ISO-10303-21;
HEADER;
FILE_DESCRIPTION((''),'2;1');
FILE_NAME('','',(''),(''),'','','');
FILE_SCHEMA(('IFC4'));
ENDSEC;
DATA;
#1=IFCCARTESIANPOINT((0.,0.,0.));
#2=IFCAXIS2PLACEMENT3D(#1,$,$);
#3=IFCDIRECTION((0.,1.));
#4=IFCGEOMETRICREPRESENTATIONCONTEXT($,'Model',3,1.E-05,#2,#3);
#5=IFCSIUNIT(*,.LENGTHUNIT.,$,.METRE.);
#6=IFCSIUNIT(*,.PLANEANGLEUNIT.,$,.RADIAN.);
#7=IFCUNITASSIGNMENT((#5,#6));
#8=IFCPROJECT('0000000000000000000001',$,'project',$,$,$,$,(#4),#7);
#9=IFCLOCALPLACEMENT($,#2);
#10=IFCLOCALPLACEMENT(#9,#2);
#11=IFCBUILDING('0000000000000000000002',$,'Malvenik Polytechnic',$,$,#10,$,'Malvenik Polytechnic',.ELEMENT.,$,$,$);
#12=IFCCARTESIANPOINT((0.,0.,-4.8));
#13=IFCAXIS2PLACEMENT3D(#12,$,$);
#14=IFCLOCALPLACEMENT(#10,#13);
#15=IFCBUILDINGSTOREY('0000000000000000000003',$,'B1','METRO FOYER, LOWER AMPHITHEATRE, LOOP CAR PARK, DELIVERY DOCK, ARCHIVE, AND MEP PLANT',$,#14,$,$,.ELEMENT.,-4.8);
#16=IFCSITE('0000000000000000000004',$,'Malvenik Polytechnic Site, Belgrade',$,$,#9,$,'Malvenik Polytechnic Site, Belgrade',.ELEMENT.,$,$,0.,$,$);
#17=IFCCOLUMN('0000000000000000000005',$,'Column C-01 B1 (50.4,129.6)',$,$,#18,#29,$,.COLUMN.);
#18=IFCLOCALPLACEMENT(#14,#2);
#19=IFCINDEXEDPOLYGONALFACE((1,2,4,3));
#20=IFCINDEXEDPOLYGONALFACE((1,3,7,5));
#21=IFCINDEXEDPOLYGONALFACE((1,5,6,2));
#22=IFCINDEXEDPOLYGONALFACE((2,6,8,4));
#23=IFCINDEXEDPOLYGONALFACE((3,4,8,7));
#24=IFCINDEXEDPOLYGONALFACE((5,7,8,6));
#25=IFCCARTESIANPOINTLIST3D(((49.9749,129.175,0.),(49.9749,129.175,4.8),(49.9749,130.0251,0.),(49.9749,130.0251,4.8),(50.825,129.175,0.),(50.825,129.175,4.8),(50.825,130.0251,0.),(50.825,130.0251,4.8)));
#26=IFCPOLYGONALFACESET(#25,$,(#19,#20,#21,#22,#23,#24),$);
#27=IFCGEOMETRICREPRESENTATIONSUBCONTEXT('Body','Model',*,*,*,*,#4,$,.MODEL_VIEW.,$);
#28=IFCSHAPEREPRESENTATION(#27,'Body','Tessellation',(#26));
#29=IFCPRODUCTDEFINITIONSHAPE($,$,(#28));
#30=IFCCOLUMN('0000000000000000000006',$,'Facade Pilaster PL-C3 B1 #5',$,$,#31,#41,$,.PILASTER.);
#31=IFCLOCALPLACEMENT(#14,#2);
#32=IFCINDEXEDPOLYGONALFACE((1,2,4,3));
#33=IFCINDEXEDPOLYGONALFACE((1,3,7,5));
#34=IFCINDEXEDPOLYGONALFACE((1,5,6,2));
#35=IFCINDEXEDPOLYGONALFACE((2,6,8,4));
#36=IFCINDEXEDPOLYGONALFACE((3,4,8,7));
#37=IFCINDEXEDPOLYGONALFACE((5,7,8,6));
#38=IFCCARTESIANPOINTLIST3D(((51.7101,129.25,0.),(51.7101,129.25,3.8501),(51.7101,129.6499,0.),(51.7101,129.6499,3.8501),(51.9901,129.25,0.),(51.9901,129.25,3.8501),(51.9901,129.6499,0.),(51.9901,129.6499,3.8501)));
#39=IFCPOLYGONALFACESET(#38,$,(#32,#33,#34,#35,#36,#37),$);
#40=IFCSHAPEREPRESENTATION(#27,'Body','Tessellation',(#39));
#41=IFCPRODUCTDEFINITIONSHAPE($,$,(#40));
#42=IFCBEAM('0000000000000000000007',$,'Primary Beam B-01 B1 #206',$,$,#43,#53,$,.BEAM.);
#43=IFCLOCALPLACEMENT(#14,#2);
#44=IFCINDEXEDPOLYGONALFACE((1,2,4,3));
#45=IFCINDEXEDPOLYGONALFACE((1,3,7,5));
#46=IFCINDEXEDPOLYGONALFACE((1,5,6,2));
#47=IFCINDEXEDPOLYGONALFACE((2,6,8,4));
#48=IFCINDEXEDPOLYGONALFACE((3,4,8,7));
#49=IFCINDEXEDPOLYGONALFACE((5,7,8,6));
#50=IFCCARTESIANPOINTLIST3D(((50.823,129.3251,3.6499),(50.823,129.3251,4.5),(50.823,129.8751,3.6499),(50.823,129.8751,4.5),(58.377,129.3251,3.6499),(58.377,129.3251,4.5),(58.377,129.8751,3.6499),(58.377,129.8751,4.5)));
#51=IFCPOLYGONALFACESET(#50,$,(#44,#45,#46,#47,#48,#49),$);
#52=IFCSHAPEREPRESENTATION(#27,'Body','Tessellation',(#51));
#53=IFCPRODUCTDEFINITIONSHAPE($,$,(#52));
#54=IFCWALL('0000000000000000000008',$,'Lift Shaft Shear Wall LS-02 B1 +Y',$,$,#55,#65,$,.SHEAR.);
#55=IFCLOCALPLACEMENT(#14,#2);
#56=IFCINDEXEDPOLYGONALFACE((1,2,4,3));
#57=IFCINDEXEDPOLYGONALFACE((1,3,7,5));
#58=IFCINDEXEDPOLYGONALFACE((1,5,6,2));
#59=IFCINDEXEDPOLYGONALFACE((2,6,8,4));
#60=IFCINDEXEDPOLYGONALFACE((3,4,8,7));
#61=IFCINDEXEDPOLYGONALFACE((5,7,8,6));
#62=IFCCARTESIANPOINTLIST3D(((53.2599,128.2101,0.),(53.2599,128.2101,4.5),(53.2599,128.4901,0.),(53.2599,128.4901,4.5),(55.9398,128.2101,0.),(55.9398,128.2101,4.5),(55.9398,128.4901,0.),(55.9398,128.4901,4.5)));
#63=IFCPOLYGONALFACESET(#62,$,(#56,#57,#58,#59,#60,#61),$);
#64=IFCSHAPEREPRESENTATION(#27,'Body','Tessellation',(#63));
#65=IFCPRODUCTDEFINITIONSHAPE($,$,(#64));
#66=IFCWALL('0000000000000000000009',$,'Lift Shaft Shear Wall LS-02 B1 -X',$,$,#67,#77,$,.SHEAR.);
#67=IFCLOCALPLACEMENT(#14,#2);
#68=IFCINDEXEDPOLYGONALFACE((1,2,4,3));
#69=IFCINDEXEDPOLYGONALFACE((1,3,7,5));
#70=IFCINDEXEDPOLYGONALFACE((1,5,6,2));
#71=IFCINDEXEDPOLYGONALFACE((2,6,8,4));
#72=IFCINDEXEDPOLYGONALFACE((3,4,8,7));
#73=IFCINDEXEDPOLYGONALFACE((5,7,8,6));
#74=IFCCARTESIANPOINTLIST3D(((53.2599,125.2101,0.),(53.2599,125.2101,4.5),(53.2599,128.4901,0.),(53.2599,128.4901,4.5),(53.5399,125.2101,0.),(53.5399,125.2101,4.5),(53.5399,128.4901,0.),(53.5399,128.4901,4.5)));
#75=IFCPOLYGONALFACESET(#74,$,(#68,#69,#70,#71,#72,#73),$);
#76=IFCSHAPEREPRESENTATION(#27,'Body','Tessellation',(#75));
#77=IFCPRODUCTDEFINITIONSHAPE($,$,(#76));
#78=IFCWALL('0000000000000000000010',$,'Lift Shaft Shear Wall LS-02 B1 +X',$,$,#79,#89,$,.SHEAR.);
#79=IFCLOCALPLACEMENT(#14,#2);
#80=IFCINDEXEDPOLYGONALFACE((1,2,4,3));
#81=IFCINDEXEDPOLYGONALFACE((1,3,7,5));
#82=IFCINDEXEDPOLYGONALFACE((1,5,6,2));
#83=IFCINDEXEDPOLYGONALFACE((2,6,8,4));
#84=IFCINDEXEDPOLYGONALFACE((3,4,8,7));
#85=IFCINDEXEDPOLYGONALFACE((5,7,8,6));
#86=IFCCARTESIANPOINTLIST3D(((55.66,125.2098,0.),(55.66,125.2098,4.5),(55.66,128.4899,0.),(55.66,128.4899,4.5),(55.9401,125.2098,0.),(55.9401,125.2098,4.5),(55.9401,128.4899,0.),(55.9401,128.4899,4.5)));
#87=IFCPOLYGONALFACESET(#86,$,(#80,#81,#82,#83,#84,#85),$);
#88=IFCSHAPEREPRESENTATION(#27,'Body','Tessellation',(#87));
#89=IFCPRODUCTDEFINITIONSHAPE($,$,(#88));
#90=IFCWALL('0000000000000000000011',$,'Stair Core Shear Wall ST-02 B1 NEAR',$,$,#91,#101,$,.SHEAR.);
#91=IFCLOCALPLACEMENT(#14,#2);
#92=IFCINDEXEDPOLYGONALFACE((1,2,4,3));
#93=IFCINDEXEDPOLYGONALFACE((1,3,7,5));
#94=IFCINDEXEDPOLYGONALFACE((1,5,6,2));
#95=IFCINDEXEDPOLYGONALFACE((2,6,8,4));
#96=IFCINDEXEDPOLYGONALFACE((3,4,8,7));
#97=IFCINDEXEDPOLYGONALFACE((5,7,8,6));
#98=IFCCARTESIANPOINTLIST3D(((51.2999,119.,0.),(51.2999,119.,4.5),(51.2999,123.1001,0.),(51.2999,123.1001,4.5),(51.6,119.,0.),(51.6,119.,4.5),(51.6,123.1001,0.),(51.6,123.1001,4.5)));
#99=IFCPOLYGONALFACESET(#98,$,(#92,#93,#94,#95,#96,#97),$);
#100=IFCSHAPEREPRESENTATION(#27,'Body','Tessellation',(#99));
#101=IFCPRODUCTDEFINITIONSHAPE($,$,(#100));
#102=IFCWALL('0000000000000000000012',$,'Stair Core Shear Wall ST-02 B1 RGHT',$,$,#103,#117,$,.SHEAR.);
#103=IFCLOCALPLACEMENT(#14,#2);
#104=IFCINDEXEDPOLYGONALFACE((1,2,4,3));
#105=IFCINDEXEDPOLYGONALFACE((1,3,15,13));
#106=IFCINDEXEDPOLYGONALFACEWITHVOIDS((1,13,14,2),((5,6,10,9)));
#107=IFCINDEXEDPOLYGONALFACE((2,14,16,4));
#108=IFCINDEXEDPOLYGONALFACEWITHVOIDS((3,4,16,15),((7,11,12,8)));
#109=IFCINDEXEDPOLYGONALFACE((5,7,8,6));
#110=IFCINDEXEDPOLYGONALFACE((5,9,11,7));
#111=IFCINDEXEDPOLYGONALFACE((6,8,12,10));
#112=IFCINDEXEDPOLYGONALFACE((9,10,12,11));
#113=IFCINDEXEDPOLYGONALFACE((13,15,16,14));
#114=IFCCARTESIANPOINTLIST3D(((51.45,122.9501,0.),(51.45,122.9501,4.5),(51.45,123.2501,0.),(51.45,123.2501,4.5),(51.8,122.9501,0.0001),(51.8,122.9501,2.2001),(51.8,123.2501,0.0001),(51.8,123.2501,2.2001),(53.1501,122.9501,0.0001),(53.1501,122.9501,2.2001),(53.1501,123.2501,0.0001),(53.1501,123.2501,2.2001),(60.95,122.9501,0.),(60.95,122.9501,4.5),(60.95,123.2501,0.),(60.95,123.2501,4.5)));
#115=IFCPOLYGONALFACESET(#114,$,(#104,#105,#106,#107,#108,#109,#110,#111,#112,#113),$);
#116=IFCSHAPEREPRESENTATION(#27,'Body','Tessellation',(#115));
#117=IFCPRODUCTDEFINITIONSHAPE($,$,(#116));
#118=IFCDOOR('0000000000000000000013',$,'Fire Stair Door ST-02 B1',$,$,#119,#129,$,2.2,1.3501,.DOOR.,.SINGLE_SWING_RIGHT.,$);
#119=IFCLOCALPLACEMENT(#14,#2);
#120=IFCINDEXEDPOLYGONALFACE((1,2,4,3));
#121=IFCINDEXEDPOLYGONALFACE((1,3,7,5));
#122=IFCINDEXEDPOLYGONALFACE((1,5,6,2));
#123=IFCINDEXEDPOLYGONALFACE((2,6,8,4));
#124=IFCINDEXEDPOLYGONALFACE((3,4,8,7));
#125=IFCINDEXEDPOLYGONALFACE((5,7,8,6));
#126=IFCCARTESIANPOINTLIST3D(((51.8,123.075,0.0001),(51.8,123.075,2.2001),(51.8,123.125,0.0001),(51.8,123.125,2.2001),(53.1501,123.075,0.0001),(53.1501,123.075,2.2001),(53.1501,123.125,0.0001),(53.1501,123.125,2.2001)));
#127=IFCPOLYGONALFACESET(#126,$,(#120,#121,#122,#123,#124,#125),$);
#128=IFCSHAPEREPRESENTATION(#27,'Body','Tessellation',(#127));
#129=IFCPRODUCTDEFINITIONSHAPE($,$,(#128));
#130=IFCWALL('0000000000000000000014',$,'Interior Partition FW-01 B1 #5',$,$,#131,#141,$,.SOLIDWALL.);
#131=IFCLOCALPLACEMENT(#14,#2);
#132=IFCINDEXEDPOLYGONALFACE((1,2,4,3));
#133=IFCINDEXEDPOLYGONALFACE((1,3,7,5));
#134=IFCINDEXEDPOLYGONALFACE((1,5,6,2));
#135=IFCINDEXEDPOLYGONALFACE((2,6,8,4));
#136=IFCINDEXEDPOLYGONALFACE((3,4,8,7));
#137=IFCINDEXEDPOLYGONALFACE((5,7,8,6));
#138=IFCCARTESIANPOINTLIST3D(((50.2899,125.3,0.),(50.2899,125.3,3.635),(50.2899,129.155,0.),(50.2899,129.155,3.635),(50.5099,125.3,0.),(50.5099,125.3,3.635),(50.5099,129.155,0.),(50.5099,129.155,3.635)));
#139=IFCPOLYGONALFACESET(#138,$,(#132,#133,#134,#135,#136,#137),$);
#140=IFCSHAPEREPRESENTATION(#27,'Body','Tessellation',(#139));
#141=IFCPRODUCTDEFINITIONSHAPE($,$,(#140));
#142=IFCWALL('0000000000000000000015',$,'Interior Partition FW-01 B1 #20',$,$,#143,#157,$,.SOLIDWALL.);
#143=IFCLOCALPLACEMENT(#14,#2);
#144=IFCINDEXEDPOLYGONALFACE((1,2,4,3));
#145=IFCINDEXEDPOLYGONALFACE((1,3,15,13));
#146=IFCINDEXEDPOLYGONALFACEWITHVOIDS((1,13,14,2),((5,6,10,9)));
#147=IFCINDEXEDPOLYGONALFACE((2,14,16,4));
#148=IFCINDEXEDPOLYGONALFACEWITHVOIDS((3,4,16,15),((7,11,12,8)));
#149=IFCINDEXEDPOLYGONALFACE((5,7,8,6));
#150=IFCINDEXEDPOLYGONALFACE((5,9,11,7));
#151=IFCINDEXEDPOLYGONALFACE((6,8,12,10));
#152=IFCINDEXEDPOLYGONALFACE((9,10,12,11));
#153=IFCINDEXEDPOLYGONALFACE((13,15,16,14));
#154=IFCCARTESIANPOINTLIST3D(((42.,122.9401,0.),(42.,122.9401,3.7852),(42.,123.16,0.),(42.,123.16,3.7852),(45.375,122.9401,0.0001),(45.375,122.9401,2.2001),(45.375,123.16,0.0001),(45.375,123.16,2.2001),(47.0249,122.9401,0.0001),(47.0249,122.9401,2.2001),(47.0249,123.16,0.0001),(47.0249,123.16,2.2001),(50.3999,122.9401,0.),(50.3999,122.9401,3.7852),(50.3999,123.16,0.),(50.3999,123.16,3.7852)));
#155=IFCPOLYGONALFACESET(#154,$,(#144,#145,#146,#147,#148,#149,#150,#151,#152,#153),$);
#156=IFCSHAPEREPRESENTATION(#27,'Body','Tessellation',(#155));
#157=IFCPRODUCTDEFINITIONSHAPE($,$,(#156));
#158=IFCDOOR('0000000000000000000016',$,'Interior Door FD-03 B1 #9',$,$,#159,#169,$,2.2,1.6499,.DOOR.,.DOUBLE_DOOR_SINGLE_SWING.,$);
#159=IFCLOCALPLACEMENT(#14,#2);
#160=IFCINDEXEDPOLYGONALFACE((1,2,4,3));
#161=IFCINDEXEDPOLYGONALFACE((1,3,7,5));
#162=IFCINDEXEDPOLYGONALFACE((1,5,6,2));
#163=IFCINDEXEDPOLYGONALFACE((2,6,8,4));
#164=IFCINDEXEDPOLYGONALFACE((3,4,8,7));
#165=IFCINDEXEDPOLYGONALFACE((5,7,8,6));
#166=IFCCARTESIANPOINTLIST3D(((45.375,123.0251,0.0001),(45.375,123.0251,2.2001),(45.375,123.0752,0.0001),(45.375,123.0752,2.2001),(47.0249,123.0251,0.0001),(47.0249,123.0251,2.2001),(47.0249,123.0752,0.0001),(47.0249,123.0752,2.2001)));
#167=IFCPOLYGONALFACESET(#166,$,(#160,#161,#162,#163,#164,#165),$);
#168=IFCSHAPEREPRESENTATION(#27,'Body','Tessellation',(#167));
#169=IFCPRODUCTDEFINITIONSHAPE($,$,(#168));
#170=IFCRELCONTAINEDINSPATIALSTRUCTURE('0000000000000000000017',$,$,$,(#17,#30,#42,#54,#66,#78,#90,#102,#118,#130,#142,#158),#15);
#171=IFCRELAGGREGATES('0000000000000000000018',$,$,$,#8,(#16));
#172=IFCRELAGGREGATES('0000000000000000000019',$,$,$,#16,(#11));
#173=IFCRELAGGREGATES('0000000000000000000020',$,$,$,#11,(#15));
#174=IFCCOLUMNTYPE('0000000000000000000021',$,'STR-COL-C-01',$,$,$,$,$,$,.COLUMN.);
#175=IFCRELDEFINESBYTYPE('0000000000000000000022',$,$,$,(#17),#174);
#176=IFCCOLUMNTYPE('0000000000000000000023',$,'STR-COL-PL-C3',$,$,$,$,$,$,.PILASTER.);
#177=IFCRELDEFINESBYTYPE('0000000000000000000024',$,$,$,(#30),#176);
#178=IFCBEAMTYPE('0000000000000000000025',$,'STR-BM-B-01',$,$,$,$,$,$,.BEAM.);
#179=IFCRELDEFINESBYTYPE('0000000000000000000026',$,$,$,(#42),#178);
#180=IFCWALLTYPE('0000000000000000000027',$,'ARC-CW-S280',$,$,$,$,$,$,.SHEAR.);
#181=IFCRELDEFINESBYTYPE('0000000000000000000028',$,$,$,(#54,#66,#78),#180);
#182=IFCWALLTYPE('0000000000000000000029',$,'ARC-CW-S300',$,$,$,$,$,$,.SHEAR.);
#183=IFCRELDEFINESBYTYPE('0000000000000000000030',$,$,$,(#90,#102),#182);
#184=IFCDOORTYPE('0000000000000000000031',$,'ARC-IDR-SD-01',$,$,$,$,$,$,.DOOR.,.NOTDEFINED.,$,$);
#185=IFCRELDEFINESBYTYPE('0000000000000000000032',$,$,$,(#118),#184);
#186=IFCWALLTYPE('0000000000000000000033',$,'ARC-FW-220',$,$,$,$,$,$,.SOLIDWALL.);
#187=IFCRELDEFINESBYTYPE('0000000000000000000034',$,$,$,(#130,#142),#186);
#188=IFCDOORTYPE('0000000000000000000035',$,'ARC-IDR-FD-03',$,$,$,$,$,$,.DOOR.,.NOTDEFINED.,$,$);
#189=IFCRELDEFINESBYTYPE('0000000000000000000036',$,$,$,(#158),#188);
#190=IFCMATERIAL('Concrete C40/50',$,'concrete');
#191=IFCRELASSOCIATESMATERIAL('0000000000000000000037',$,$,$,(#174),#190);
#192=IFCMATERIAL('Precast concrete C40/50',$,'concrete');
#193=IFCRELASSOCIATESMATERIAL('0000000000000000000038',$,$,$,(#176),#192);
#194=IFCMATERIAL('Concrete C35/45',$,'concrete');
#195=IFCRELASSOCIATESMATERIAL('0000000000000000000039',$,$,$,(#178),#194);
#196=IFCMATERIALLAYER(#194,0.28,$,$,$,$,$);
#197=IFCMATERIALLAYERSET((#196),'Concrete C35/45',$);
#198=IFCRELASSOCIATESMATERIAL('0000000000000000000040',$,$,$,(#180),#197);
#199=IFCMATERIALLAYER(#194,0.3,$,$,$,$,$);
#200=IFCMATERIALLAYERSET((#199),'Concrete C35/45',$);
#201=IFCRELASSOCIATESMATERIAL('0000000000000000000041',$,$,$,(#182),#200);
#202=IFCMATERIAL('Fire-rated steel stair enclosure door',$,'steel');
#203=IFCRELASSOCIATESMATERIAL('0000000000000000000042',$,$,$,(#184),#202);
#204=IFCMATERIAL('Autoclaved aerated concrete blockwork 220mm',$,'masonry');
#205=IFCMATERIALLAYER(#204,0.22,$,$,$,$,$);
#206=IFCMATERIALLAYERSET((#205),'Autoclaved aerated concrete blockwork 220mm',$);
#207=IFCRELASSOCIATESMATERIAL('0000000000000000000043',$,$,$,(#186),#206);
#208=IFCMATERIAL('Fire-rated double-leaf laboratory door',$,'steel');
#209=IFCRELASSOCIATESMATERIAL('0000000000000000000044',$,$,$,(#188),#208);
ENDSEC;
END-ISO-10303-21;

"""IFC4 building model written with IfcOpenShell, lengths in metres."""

from ifc_helpers import new_model, si_unit, direction, frame, frame_2d, origin, origin_2d, place, context, subcontext, project, spatial, rectangle, extrude, material, layer, layer_set, material_profile, profile_set, type_object, element, fill, save


model = new_model("IFC4")

# Units and contexts
model_context = context("Model", 3, precision=1e-05, world=origin(), true_north=direction((0.0, 1.0)))
body_context = subcontext(model_context, "Body", "Model", "MODEL_VIEW")
ifc_project = project(units=[si_unit("LENGTHUNIT", "METRE"), si_unit("PLANEANGLEUNIT", "RADIAN")], contexts=[model_context])

# Site, building, storey
site_placement = place(None, origin())
site = spatial("IfcSite", under=ifc_project, at=site_placement, Name="Malvenik Polytechnic Site, Belgrade", LongName="Malvenik Polytechnic Site, Belgrade", CompositionType="ELEMENT", RefElevation=0.0)
building_placement = place(site_placement, origin())
building = spatial("IfcBuilding", under=site, at=building_placement, Name="Malvenik Polytechnic", LongName="Malvenik Polytechnic", CompositionType="ELEMENT")
storey_placement = place(building_placement, frame((0.0, 0.0, -4.8)))
storey = spatial("IfcBuildingStorey", under=building, at=storey_placement, Name="B1", Description="METRO FOYER, LOWER AMPHITHEATRE, LOOP CAR PARK, DELIVERY DOCK, ARCHIVE, AND MEP PLANT", CompositionType="ELEMENT", Elevation=-4.8)

# Shared definitions
ifc_material_1 = material(Name="Concrete C35/45", Category="concrete")

# Columns
ifc_material_2 = material(Name="Concrete C40/50", Category="concrete")
ifc_material_profile_1 = material_profile(ifc_material_2, rectangle(XDim=0.8501, YDim=0.8501, at=origin_2d()), Name="RC COL 850x850")
ifc_profile_set_1 = profile_set([ifc_material_profile_1], Name="Concrete C40/50")
column_type_1 = type_object("IfcColumnType", Name="STR-COL-C-01", PredefinedType="COLUMN", material=ifc_profile_set_1)
column_1_placement = place(storey_placement, frame((50.3999, 129.6001, 0.0), z_axis=(0.0, 0.0, 1.0), x_axis=(1.0, 0.0, 0.0)))
element("IfcColumn", 1, at=column_1_placement, inside=storey, type_object=column_type_1, Name="Column C-01 B1 (50.4,129.6)", PredefinedType="COLUMN", context=body_context, shape_type="SweptSolid", body=[
    extrude(rectangle(XDim=0.8501, YDim=0.8501, at=origin_2d()), origin(), (0.0, 0.0, 1.0), 4.8),
])
ifc_material_3 = material(Name="Precast concrete C40/50", Category="concrete")
ifc_material_profile_2 = material_profile(ifc_material_3, rectangle(XDim=0.28, YDim=0.3999, at=origin_2d()), Name="RC PIL 400x280")
ifc_profile_set_2 = profile_set([ifc_material_profile_2], Name="Precast concrete C40/50")
column_type_2 = type_object("IfcColumnType", Name="STR-COL-PL-C3", PredefinedType="PILASTER", material=ifc_profile_set_2)
column_2_placement = place(storey_placement, frame((51.8501, 129.45, 0.0), z_axis=(0.0, 0.0, 1.0), x_axis=(1.0, 0.0, 0.0)))
element("IfcColumn", 2, at=column_2_placement, inside=storey, type_object=column_type_2, Name="Facade Pilaster PL-C3 B1 #5", PredefinedType="PILASTER", context=body_context, shape_type="SweptSolid", body=[
    extrude(rectangle(XDim=0.28, YDim=0.3999, at=origin_2d()), origin(), (0.0, 0.0, 1.0), 3.8501),
])

# Beam
ifc_material_profile_3 = material_profile(ifc_material_1, rectangle(XDim=0.55, YDim=0.8501, at=origin_2d()), Name="RC BM 550x850")
ifc_profile_set_3 = profile_set([ifc_material_profile_3], Name="Concrete C35/45")
beam_type = type_object("IfcBeamType", Name="STR-BM-B-01", PredefinedType="BEAM", material=ifc_profile_set_3)
beam_placement = place(storey_placement, frame((50.823, 129.6001, 4.075), z_axis=(1.0, 0.0, 0.0), x_axis=(0.0, 1.0, 0.0)))
element("IfcBeam", 3, at=beam_placement, inside=storey, type_object=beam_type, Name="Primary Beam B-01 B1 #206", PredefinedType="BEAM", context=body_context, shape_type="SweptSolid", body=[
    extrude(rectangle(XDim=0.55, YDim=0.8501, at=origin_2d()), origin(), (0.0, 0.0, 1.0), 7.554),
])

# Walls
ifc_layer_1 = layer(ifc_material_1, 0.28)
ifc_layer_set_1 = layer_set([ifc_layer_1], Name="Concrete C35/45")
wall_type_1 = type_object("IfcWallType", Name="ARC-CW-S280", PredefinedType="SHEAR", material=ifc_layer_set_1)
wall_1_placement = place(storey_placement, frame((53.26, 128.3501, 0.0), z_axis=(0.0, 0.0, 1.0), x_axis=(1.0, 0.0, 0.0)))
element("IfcWall", 4, at=wall_1_placement, inside=storey, type_object=wall_type_1, Name="Lift Shaft Shear Wall LS-02 B1 +Y", PredefinedType="SHEAR", context=body_context, shape_type="SweptSolid", body=[
    extrude(rectangle(XDim=2.6799, YDim=0.28, at=frame_2d((1.3398, 0.0))), origin(), (0.0, 0.0, 1.0), 4.5),
])
for number, where, z_axis, x_axis, name in (
    (5, (53.3999, 125.21, 0.0), (0.0, 0.0, 1.0), (0.0, 1.0, 0.0), "Lift Shaft Shear Wall LS-02 B1 -X"),
    (6, (55.8, 128.49, 0.0), (0.0, 0.0, 1.0), (0.0, -1.0, 0.0), "Lift Shaft Shear Wall LS-02 B1 +X"),
):
    element("IfcWall", number, at=place(storey_placement, frame(where, z_axis=z_axis, x_axis=x_axis)), inside=storey, type_object=wall_type_1, Name=name, PredefinedType="SHEAR", context=body_context, shape_type="SweptSolid", body=[
        extrude(rectangle(XDim=3.28, YDim=0.28, at=frame_2d((1.6401, 0.0))), origin(), (0.0, 0.0, 1.0), 4.5),
    ])
ifc_layer_2 = layer(ifc_material_1, 0.3)
ifc_layer_set_2 = layer_set([ifc_layer_2], Name="Concrete C35/45")
wall_type_2 = type_object("IfcWallType", Name="ARC-CW-S300", PredefinedType="SHEAR", material=ifc_layer_set_2)
wall_2_placement = place(storey_placement, frame((51.45, 119.0, 0.0), z_axis=(0.0, 0.0, 1.0), x_axis=(0.0, 1.0, 0.0)))
element("IfcWall", 7, at=wall_2_placement, inside=storey, type_object=wall_type_2, Name="Stair Core Shear Wall ST-02 B1 NEAR", PredefinedType="SHEAR", context=body_context, shape_type="SweptSolid", body=[
    extrude(rectangle(XDim=4.1001, YDim=0.3, at=frame_2d((2.05, 0.0))), origin(), (0.0, 0.0, 1.0), 4.5),
])

# Wall, opening, door
wall_3_placement = place(storey_placement, frame((51.45, 123.1001, 0.0), z_axis=(0.0, 0.0, 1.0), x_axis=(1.0, 0.0, 0.0)))
wall_3 = element("IfcWall", 8, at=wall_3_placement, inside=storey, type_object=wall_type_2, Name="Stair Core Shear Wall ST-02 B1 RGHT", PredefinedType="SHEAR", context=body_context, shape_type="SweptSolid", body=[
    extrude(rectangle(XDim=9.5, YDim=0.3, at=frame_2d((4.75, 0.0))), origin(), (0.0, 0.0, 1.0), 4.5),
])
opening_1_placement = place(wall_3_placement, frame((0.3501, 0.0, 0.0)))
opening_1 = element("IfcOpeningElement", 9, at=opening_1_placement, cuts=wall_3, PredefinedType="OPENING", context=body_context, shape_type="SweptSolid", body=[
    extrude(rectangle(XDim=1.3501, YDim=2.2, at=frame_2d((0.675, 1.1001))), frame((0.0, 0.1602, 0.0), z_axis=(0.0, -1.0, 0.0), x_axis=(1.0, 0.0, 0.0)), (0.0, 0.0, 1.0), 0.3201),
])
ifc_material_4 = material(Name="Fire-rated steel stair enclosure door", Category="steel")
door_type_1 = type_object("IfcDoorType", Name="ARC-IDR-SD-01", OperationType="NOTDEFINED", PredefinedType="DOOR", material=ifc_material_4)
door_1_placement = place(opening_1_placement, origin())
door_1 = element("IfcDoor", 10, at=door_1_placement, inside=storey, type_object=door_type_1, Name="Fire Stair Door ST-02 B1", OperationType="SINGLE_SWING_RIGHT", OverallHeight=2.2, OverallWidth=1.3501, PredefinedType="DOOR", context=body_context, shape_type="SweptSolid", body=[
    extrude(rectangle(XDim=1.3501, YDim=2.2, at=frame_2d((0.675, 1.1001))), frame((0.0, 0.0249, 0.0), z_axis=(0.0, -1.0, 0.0), x_axis=(1.0, 0.0, 0.0)), (0.0, 0.0, 1.0), 0.05),
])
fill(opening_1, door_1)

# Wall
ifc_material_5 = material(Name="Autoclaved aerated concrete blockwork 220mm", Category="masonry")
ifc_layer_3 = layer(ifc_material_5, 0.22)
ifc_layer_set_3 = layer_set([ifc_layer_3], Name="Autoclaved aerated concrete blockwork 220mm")
wall_type_3 = type_object("IfcWallType", Name="ARC-FW-220", PredefinedType="SOLIDWALL", material=ifc_layer_set_3)
wall_4_placement = place(storey_placement, frame((50.3999, 125.3, 0.0), z_axis=(0.0, 0.0, 1.0), x_axis=(0.0, 1.0, 0.0)))
element("IfcWall", 11, at=wall_4_placement, inside=storey, type_object=wall_type_3, Name="Interior Partition FW-01 B1 #5", PredefinedType="SOLIDWALL", context=body_context, shape_type="SweptSolid", body=[
    extrude(rectangle(XDim=3.855, YDim=0.22, at=frame_2d((1.9275, 0.0))), origin(), (0.0, 0.0, 1.0), 3.635),
])

# Wall, opening, door
wall_5_placement = place(storey_placement, frame((50.3999, 123.05, 0.0), z_axis=(0.0, 0.0, 1.0), x_axis=(-1.0, 0.0, 0.0)))
wall_5 = element("IfcWall", 12, at=wall_5_placement, inside=storey, type_object=wall_type_3, Name="Interior Partition FW-01 B1 #20", PredefinedType="SOLIDWALL", context=body_context, shape_type="SweptSolid", body=[
    extrude(rectangle(XDim=8.3999, YDim=0.22, at=frame_2d((4.2, 0.0))), origin(), (0.0, 0.0, 1.0), 3.7852),
])
opening_2_placement = place(wall_5_placement, frame((3.375, 0.0, 0.0)))
opening_2 = element("IfcOpeningElement", 13, at=opening_2_placement, cuts=wall_5, PredefinedType="OPENING", context=body_context, shape_type="SweptSolid", body=[
    extrude(rectangle(XDim=1.6499, YDim=2.2, at=frame_2d((0.825, 1.1001))), frame((0.0, 0.1201, 0.0), z_axis=(0.0, -1.0, 0.0), x_axis=(1.0, 0.0, 0.0)), (0.0, 0.0, 1.0), 0.24),
])
ifc_material_6 = material(Name="Fire-rated double-leaf laboratory door", Category="steel")
door_type_2 = type_object("IfcDoorType", Name="ARC-IDR-FD-03", OperationType="NOTDEFINED", PredefinedType="DOOR", material=ifc_material_6)
door_2_placement = place(opening_2_placement, origin())
door_2 = element("IfcDoor", 14, at=door_2_placement, inside=storey, type_object=door_type_2, Name="Interior Door FD-03 B1 #9", OperationType="DOUBLE_DOOR_SINGLE_SWING", OverallHeight=2.2, OverallWidth=1.6499, PredefinedType="DOOR", context=body_context, shape_type="SweptSolid", body=[
    extrude(rectangle(XDim=1.6499, YDim=2.2, at=frame_2d((0.825, 1.1001))), frame((0.0, 0.0249, 0.0), z_axis=(0.0, -1.0, 0.0), x_axis=(1.0, 0.0, 0.0)), (0.0, 0.0, 1.0), 0.05),
])
fill(opening_2, door_2)

save(model, "model.ifc")
